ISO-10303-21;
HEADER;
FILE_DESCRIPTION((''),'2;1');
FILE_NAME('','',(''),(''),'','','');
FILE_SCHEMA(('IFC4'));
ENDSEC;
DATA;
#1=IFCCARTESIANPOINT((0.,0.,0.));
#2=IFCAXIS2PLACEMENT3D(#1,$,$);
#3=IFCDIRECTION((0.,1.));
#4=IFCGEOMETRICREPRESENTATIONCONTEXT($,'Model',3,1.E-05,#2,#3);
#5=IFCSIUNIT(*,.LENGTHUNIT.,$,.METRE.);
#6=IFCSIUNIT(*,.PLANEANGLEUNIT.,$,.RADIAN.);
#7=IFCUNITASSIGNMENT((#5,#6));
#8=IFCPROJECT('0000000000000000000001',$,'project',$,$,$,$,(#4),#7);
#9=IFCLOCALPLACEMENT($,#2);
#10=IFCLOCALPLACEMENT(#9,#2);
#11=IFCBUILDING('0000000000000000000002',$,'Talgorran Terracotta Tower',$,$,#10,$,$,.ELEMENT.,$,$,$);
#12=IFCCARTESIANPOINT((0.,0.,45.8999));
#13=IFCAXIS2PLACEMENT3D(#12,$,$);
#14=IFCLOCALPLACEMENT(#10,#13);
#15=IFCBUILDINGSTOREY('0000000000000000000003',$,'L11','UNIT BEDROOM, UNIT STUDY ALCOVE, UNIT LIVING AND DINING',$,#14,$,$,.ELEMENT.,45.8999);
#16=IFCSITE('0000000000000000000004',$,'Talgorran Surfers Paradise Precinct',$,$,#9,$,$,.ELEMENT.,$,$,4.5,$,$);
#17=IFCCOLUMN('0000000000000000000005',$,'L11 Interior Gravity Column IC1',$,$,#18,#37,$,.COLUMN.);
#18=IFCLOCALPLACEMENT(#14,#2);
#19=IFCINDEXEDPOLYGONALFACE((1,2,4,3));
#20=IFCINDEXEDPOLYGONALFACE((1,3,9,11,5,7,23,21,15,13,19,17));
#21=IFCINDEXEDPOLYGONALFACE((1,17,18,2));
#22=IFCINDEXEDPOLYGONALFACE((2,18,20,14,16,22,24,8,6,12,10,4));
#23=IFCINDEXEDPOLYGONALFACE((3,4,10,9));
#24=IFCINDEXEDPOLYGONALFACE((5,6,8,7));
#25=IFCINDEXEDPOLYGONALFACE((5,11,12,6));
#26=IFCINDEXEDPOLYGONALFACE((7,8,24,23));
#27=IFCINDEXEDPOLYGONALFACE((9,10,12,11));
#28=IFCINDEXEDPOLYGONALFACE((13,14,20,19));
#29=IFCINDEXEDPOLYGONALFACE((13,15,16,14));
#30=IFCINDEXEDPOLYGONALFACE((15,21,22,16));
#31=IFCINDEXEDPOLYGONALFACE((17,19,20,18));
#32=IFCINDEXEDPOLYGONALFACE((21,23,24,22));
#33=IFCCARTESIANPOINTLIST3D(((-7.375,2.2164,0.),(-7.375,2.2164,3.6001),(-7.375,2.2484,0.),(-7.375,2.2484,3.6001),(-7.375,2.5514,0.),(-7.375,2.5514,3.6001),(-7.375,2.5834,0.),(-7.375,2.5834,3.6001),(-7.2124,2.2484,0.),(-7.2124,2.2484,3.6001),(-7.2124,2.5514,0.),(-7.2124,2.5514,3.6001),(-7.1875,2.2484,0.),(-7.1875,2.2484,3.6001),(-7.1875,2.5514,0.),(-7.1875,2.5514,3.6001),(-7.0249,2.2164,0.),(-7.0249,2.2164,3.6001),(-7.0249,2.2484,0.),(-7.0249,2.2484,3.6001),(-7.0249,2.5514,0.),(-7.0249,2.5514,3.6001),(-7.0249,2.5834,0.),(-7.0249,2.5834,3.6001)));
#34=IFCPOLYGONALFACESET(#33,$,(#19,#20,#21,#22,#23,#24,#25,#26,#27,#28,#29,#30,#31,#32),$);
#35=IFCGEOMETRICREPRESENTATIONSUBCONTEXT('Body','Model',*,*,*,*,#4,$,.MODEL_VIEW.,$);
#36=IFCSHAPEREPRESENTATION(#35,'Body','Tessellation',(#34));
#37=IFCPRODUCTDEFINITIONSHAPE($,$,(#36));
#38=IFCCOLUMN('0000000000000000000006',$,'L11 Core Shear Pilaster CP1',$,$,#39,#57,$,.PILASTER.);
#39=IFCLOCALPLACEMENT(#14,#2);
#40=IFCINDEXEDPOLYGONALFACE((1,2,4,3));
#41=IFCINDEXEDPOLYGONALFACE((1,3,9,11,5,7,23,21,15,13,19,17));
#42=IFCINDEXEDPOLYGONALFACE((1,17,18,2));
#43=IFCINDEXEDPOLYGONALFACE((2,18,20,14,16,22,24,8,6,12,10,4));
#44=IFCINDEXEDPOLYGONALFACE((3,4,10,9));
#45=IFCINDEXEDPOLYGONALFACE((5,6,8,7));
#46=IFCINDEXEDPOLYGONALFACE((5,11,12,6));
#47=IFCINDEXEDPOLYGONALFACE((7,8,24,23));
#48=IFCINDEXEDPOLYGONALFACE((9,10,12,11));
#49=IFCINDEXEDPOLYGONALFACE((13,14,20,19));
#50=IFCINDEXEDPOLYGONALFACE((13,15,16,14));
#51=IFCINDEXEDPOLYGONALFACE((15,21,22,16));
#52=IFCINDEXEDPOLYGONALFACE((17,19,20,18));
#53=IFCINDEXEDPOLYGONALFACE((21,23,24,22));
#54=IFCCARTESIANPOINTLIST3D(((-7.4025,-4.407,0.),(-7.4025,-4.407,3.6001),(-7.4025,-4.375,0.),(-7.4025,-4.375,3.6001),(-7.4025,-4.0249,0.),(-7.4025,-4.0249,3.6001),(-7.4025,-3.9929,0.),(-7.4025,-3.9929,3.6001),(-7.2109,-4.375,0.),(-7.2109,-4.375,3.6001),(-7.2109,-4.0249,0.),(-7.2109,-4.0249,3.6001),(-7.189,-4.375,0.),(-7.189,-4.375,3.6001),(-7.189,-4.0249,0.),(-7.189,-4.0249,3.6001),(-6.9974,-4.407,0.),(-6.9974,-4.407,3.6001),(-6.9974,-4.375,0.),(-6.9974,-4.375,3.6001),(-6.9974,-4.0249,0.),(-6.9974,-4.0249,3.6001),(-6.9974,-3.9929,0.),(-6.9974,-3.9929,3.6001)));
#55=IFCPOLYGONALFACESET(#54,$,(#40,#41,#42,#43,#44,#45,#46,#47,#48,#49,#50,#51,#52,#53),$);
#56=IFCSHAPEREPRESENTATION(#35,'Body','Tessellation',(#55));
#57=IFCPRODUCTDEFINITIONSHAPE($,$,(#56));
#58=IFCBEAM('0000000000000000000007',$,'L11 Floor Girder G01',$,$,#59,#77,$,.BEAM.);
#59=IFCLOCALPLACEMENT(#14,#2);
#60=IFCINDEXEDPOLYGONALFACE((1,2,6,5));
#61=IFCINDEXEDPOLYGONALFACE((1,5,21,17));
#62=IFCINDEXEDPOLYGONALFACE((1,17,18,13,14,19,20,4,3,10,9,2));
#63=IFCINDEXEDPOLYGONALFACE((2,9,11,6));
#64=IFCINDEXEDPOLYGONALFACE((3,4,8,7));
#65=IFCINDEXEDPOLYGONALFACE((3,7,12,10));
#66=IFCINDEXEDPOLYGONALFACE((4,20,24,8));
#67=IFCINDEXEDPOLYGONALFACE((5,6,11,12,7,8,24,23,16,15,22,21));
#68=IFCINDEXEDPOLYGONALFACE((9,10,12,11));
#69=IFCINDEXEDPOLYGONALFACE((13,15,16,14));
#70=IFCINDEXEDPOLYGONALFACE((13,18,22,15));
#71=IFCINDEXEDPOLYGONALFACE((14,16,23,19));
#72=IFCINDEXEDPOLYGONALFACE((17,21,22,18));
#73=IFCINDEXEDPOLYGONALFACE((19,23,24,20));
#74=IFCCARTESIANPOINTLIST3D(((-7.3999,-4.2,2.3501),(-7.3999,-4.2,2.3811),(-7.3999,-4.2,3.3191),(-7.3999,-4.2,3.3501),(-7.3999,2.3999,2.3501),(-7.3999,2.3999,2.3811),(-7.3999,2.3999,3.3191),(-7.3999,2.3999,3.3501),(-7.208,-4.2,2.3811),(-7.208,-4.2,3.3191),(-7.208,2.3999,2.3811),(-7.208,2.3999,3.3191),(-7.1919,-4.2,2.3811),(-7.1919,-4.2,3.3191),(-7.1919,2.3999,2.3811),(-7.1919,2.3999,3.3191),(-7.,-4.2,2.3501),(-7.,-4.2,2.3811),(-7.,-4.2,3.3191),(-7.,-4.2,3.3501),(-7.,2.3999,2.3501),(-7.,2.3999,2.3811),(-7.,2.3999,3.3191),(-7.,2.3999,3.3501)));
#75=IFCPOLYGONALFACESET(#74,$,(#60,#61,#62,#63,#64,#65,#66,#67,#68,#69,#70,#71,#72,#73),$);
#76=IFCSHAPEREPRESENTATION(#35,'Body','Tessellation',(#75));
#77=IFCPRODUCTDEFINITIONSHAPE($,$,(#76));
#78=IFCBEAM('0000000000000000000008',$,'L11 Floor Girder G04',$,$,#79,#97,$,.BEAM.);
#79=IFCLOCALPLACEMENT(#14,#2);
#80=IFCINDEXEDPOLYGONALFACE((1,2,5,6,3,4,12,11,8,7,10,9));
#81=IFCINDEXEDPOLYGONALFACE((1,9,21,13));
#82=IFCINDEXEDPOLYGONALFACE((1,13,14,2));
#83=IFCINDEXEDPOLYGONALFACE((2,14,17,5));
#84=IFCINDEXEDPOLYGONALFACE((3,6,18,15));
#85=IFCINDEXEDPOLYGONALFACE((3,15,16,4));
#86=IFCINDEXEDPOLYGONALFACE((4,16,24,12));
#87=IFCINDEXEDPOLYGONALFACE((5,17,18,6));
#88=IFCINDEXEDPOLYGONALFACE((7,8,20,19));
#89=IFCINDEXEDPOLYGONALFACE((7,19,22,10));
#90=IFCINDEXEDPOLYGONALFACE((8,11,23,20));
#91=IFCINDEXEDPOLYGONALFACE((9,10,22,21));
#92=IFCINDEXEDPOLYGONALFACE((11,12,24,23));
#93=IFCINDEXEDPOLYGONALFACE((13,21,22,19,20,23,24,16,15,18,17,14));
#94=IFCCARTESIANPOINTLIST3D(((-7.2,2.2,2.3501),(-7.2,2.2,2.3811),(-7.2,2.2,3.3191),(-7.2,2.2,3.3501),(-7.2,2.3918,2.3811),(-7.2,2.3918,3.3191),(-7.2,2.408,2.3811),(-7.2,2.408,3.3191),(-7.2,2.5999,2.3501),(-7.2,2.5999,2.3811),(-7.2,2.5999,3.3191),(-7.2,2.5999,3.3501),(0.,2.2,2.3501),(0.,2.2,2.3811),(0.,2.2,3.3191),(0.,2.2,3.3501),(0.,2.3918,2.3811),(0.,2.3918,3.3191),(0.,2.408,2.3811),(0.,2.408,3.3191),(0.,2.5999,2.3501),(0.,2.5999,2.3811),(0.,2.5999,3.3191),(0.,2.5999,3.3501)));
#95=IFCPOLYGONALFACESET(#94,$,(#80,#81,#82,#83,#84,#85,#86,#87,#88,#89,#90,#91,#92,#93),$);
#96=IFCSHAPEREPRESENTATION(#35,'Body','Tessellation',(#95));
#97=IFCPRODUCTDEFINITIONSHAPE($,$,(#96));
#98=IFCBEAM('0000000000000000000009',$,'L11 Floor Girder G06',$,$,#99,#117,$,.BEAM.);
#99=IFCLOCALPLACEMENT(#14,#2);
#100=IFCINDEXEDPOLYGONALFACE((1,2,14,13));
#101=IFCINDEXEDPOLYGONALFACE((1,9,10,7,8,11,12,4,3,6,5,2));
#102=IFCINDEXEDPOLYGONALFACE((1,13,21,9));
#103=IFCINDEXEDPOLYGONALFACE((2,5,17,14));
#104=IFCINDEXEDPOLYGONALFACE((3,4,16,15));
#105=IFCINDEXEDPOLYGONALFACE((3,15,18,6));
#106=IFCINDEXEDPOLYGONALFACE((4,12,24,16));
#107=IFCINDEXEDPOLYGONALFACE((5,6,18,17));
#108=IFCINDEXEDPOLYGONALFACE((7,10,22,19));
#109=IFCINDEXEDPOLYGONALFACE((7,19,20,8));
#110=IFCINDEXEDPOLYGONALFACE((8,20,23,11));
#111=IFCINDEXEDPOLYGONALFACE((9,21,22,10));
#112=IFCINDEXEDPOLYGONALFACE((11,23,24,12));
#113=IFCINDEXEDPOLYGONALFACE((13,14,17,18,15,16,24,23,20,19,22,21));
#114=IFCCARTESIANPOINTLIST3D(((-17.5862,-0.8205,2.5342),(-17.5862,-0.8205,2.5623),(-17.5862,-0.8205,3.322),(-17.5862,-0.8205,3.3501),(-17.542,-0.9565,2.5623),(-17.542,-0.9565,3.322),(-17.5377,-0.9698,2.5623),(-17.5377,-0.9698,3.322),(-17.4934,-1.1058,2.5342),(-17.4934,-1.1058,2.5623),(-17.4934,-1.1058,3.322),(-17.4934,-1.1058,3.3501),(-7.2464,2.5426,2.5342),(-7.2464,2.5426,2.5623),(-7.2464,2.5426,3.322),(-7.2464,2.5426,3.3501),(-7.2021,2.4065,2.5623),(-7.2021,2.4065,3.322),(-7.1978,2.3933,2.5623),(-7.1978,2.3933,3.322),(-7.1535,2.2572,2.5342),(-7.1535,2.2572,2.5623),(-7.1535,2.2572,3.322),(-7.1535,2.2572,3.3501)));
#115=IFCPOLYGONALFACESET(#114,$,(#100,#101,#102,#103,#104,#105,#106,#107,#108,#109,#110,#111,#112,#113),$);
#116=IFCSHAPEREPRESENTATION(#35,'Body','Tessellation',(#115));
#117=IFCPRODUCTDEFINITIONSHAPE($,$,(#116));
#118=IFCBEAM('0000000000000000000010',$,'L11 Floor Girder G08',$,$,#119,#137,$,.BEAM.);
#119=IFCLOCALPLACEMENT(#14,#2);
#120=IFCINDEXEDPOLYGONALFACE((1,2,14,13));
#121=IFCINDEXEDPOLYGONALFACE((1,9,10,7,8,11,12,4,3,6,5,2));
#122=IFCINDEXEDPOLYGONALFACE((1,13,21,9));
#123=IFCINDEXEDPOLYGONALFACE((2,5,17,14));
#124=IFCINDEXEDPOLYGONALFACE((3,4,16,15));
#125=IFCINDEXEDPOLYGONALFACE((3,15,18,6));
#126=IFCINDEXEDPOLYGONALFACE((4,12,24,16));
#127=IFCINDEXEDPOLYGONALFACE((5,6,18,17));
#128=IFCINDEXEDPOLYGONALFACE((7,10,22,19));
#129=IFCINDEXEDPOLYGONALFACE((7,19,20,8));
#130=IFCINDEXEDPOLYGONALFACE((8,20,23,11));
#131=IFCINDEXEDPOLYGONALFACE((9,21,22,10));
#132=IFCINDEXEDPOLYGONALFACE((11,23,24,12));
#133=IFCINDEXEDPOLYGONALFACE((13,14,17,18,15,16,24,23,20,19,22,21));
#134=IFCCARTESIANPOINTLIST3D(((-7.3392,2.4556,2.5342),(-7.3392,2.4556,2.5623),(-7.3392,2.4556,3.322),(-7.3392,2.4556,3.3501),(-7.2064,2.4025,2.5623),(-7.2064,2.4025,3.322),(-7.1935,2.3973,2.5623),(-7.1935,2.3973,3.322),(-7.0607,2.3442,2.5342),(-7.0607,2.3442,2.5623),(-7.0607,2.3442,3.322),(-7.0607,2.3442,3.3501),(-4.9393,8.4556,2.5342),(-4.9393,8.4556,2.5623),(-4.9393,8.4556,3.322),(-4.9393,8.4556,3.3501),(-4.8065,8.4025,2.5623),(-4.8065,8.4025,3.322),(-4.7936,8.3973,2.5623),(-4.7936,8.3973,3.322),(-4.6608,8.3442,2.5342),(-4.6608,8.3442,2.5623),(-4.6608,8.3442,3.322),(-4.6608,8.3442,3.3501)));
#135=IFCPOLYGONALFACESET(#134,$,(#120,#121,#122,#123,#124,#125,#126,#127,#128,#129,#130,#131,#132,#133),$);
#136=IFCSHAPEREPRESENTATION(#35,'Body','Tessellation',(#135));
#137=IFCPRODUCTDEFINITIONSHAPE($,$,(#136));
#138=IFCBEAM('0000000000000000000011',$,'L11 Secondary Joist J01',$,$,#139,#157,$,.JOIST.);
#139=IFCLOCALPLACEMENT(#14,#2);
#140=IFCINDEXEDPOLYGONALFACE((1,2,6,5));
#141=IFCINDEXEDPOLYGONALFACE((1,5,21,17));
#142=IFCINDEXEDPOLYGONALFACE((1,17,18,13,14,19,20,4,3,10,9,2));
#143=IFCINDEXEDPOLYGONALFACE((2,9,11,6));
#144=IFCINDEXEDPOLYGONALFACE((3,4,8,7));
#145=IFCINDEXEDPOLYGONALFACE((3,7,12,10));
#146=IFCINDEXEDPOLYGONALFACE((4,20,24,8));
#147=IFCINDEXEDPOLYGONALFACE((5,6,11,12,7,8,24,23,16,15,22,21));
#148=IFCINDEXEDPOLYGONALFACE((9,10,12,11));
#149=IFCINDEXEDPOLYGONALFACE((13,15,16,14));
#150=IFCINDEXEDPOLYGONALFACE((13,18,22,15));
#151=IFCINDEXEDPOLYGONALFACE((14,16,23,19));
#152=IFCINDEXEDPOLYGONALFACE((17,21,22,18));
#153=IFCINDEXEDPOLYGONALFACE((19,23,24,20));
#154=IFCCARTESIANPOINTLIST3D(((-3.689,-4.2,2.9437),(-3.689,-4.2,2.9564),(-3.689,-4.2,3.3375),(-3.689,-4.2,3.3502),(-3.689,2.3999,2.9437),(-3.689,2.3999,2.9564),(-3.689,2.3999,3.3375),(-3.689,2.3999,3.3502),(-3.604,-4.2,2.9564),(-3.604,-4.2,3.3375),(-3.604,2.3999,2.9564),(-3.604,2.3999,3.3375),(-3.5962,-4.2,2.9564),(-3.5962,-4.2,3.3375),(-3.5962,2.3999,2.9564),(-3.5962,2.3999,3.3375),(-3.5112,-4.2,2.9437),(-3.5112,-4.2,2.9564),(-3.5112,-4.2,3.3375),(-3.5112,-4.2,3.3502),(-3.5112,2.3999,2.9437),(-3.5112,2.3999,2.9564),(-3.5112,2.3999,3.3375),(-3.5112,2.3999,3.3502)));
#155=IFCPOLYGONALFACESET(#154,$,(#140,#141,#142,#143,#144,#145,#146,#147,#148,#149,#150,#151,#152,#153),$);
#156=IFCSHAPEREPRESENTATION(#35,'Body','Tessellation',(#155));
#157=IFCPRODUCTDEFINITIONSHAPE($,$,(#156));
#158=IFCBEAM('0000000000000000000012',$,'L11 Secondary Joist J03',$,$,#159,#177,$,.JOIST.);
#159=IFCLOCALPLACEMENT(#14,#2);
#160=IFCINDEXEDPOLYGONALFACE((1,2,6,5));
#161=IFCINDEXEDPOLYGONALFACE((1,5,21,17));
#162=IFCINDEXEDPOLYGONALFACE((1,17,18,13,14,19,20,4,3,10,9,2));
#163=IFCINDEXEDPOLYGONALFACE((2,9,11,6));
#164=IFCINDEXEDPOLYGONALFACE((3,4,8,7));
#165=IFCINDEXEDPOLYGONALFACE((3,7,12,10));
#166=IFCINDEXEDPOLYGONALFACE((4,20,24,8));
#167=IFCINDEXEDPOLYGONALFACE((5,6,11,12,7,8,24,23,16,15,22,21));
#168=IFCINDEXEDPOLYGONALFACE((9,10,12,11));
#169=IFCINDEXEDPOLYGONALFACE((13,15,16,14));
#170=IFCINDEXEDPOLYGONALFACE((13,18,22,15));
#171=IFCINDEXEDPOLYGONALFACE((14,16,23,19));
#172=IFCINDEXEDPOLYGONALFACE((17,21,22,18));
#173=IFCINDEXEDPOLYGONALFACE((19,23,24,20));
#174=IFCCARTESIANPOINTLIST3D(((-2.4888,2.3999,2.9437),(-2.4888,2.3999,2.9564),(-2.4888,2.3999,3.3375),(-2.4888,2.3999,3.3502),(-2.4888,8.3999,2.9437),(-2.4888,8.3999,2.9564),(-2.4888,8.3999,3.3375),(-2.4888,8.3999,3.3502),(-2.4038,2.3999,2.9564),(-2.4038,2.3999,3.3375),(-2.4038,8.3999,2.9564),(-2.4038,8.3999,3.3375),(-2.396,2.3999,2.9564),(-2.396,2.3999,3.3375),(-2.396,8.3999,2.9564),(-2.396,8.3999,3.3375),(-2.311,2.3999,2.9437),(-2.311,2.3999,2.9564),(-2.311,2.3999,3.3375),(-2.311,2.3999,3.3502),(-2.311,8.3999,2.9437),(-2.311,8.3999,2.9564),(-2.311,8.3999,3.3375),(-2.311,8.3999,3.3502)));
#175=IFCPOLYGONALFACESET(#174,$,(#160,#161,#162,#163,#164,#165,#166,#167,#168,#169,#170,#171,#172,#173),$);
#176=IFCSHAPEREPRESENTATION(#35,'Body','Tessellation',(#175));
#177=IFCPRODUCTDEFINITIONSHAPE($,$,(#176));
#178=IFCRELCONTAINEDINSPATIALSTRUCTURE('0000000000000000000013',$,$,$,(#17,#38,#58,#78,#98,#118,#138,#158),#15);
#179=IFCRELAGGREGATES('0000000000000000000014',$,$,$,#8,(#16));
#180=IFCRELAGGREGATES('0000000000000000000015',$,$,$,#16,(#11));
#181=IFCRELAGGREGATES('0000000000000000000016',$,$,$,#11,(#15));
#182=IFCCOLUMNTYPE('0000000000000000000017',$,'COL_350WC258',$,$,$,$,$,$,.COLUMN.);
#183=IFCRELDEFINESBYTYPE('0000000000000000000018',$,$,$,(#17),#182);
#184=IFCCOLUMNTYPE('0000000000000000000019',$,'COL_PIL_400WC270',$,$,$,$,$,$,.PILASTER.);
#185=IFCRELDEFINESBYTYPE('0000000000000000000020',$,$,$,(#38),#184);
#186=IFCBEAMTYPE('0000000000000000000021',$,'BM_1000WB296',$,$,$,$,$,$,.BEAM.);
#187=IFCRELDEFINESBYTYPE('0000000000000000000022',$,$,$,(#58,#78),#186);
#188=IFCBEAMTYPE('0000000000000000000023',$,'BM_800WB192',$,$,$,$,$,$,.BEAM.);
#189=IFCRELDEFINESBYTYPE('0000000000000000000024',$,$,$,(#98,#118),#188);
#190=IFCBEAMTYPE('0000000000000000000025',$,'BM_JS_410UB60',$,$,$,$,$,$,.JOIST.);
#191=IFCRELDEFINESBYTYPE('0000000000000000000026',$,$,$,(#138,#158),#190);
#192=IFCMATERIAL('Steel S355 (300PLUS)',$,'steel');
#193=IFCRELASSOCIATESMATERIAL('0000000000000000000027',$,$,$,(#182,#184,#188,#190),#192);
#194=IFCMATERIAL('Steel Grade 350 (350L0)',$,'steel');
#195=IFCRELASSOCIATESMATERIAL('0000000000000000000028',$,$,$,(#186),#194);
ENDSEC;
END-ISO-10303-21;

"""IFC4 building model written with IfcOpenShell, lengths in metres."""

from ifc_helpers import new_model, si_unit, direction, frame, origin, origin_2d, place, context, subcontext, project, spatial, i_section, extrude, material, material_profile, profile_set, type_object, element, save


model = new_model("IFC4")

# Units and contexts
model_context = context("Model", 3, precision=1e-05, world=origin(), true_north=direction((0.0, 1.0)))
body_context = subcontext(model_context, "Body", "Model", "MODEL_VIEW")
ifc_project = project(units=[si_unit("LENGTHUNIT", "METRE"), si_unit("PLANEANGLEUNIT", "RADIAN")], contexts=[model_context])

# Site, building, storey
site_placement = place(None, origin())
site = spatial("IfcSite", under=ifc_project, at=site_placement, Name="Talgorran Surfers Paradise Precinct", CompositionType="ELEMENT", RefElevation=4.5)
building_placement = place(site_placement, origin())
building = spatial("IfcBuilding", under=site, at=building_placement, Name="Talgorran Terracotta Tower", CompositionType="ELEMENT")
storey_placement = place(building_placement, frame((0.0, 0.0, 45.8999)))
storey = spatial("IfcBuildingStorey", under=building, at=storey_placement, Name="L11", Description="UNIT BEDROOM, UNIT STUDY ALCOVE, UNIT LIVING AND DINING", CompositionType="ELEMENT", Elevation=45.8999)

# Columns
ifc_material_1 = material(Name="Steel S355 (300PLUS)", Category="steel")
ifc_material_profile_1 = material_profile(ifc_material_1, i_section(OverallWidth=0.3501, OverallDepth=0.3669, WebThickness=0.0249, FlangeThickness=0.032, at=origin_2d()), Name="350WC258")
ifc_profile_set_1 = profile_set([ifc_material_profile_1], Name="Steel S355 (300PLUS)")
column_type_1 = type_object("IfcColumnType", Name="COL_350WC258", PredefinedType="COLUMN", material=ifc_profile_set_1)
column_1_placement = place(storey_placement, frame((-7.2, 2.3999, 0.0), z_axis=(0.0, 0.0, 1.0), x_axis=(1.0, 0.0, 0.0)))
element("IfcColumn", 1, at=column_1_placement, inside=storey, type_object=column_type_1, Name="L11 Interior Gravity Column IC1", PredefinedType="COLUMN", context=body_context, shape_type="SweptSolid", body=[
    extrude(i_section(OverallWidth=0.3501, OverallDepth=0.3669, WebThickness=0.0249, FlangeThickness=0.032, at=origin_2d()), origin(), (0.0, 0.0, 1.0), 3.6001),
])
ifc_material_profile_2 = material_profile(ifc_material_1, i_section(OverallWidth=0.405, OverallDepth=0.4141, WebThickness=0.022, FlangeThickness=0.032, at=origin_2d()), Name="400WC270")
ifc_profile_set_2 = profile_set([ifc_material_profile_2], Name="Steel S355 (300PLUS)")
column_type_2 = type_object("IfcColumnType", Name="COL_PIL_400WC270", PredefinedType="PILASTER", material=ifc_profile_set_2)
column_2_placement = place(storey_placement, frame((-7.2, -4.2, 0.0), z_axis=(0.0, 0.0, 1.0), x_axis=(1.0, 0.0, 0.0)))
element("IfcColumn", 2, at=column_2_placement, inside=storey, type_object=column_type_2, Name="L11 Core Shear Pilaster CP1", PredefinedType="PILASTER", context=body_context, shape_type="SweptSolid", body=[
    extrude(i_section(OverallWidth=0.405, OverallDepth=0.4141, WebThickness=0.022, FlangeThickness=0.032, at=origin_2d()), origin(), (0.0, 0.0, 1.0), 3.6001),
])

# Beams
ifc_material_2 = material(Name="Steel Grade 350 (350L0)", Category="steel")
ifc_material_profile_3 = material_profile(ifc_material_2, i_section(OverallWidth=0.3999, OverallDepth=1.0, WebThickness=0.0161, FlangeThickness=0.031, at=origin_2d()), Name="1000WB296")
ifc_profile_set_3 = profile_set([ifc_material_profile_3], Name="Steel Grade 350 (350L0)")
beam_type_1 = type_object("IfcBeamType", Name="BM_1000WB296", PredefinedType="BEAM", material=ifc_profile_set_3)
beam_1_placement = place(storey_placement, frame((-7.2, -4.2, 2.8501), z_axis=(0.0, 1.0, 0.0), x_axis=(-1.0, 0.0, 0.0)))
element("IfcBeam", 3, at=beam_1_placement, inside=storey, type_object=beam_type_1, Name="L11 Floor Girder G01", PredefinedType="BEAM", context=body_context, shape_type="SweptSolid", body=[
    extrude(i_section(OverallWidth=0.3999, OverallDepth=1.0, WebThickness=0.0161, FlangeThickness=0.031, at=origin_2d()), origin(), (0.0, 0.0, 1.0), 6.5999),
])
beam_2_placement = place(storey_placement, frame((-7.2, 2.3999, 2.8501), z_axis=(1.0, 0.0, 0.0), x_axis=(0.0, 1.0, 0.0)))
element("IfcBeam", 4, at=beam_2_placement, inside=storey, type_object=beam_type_1, Name="L11 Floor Girder G04", PredefinedType="BEAM", context=body_context, shape_type="SweptSolid", body=[
    extrude(i_section(OverallWidth=0.3999, OverallDepth=1.0, WebThickness=0.0161, FlangeThickness=0.031, at=origin_2d()), origin(), (0.0, 0.0, 1.0), 7.2),
])
ifc_material_profile_4 = material_profile(ifc_material_1, i_section(OverallWidth=0.3, OverallDepth=0.8159, WebThickness=0.0139, FlangeThickness=0.0281, at=origin_2d()), Name="800WB192")
ifc_profile_set_4 = profile_set([ifc_material_profile_4], Name="Steel S355 (300PLUS)")
beam_type_2 = type_object("IfcBeamType", Name="BM_800WB192", PredefinedType="BEAM", material=ifc_profile_set_4)
beam_3_placement = place(storey_placement, frame((-7.2, 2.3999, 2.9421), z_axis=(-0.950964, -0.309301, 0.0), x_axis=(0.309301, -0.950964, 0.0)))
element("IfcBeam", 5, at=beam_3_placement, inside=storey, type_object=beam_type_2, Name="L11 Floor Girder G06", PredefinedType="BEAM", context=body_context, shape_type="SweptSolid", body=[
    extrude(i_section(OverallWidth=0.3, OverallDepth=0.8159, WebThickness=0.0139, FlangeThickness=0.0281, at=origin_2d()), origin(), (0.0, 0.0, 1.0), 10.873),
])
beam_4_placement = place(storey_placement, frame((-7.2, 2.3999, 2.9421), z_axis=(0.371378, 0.928482, 0.0), x_axis=(-0.928482, 0.371378, 0.0)))
element("IfcBeam", 6, at=beam_4_placement, inside=storey, type_object=beam_type_2, Name="L11 Floor Girder G08", PredefinedType="BEAM", context=body_context, shape_type="SweptSolid", body=[
    extrude(i_section(OverallWidth=0.3, OverallDepth=0.8159, WebThickness=0.0139, FlangeThickness=0.0281, at=origin_2d()), origin(), (0.0, 0.0, 1.0), 6.4622),
])
ifc_material_profile_5 = material_profile(ifc_material_1, i_section(OverallWidth=0.1777, OverallDepth=0.4065, WebThickness=0.0078, FlangeThickness=0.0127, at=origin_2d()), Name="410UB59.7")
ifc_profile_set_5 = profile_set([ifc_material_profile_5], Name="Steel S355 (300PLUS)")
beam_type_3 = type_object("IfcBeamType", Name="BM_JS_410UB60", PredefinedType="JOIST", material=ifc_profile_set_5)
beam_5_placement = place(storey_placement, frame((-3.6001, -4.2, 3.147), z_axis=(0.0, 1.0, 0.0), x_axis=(-1.0, 0.0, 0.0)))
element("IfcBeam", 7, at=beam_5_placement, inside=storey, type_object=beam_type_3, Name="L11 Secondary Joist J01", PredefinedType="JOIST", context=body_context, shape_type="SweptSolid", body=[
    extrude(i_section(OverallWidth=0.1777, OverallDepth=0.4065, WebThickness=0.0078, FlangeThickness=0.0127, at=origin_2d()), origin(), (0.0, 0.0, 1.0), 6.5999),
])
beam_6_placement = place(storey_placement, frame((-2.3999, 2.3999, 3.147), z_axis=(0.0, 1.0, 0.0), x_axis=(-1.0, 0.0, 0.0)))
element("IfcBeam", 8, at=beam_6_placement, inside=storey, type_object=beam_type_3, Name="L11 Secondary Joist J03", PredefinedType="JOIST", context=body_context, shape_type="SweptSolid", body=[
    extrude(i_section(OverallWidth=0.1777, OverallDepth=0.4065, WebThickness=0.0078, FlangeThickness=0.0127, at=origin_2d()), origin(), (0.0, 0.0, 1.0), 6.0),
])

save(model, "model.ifc")
